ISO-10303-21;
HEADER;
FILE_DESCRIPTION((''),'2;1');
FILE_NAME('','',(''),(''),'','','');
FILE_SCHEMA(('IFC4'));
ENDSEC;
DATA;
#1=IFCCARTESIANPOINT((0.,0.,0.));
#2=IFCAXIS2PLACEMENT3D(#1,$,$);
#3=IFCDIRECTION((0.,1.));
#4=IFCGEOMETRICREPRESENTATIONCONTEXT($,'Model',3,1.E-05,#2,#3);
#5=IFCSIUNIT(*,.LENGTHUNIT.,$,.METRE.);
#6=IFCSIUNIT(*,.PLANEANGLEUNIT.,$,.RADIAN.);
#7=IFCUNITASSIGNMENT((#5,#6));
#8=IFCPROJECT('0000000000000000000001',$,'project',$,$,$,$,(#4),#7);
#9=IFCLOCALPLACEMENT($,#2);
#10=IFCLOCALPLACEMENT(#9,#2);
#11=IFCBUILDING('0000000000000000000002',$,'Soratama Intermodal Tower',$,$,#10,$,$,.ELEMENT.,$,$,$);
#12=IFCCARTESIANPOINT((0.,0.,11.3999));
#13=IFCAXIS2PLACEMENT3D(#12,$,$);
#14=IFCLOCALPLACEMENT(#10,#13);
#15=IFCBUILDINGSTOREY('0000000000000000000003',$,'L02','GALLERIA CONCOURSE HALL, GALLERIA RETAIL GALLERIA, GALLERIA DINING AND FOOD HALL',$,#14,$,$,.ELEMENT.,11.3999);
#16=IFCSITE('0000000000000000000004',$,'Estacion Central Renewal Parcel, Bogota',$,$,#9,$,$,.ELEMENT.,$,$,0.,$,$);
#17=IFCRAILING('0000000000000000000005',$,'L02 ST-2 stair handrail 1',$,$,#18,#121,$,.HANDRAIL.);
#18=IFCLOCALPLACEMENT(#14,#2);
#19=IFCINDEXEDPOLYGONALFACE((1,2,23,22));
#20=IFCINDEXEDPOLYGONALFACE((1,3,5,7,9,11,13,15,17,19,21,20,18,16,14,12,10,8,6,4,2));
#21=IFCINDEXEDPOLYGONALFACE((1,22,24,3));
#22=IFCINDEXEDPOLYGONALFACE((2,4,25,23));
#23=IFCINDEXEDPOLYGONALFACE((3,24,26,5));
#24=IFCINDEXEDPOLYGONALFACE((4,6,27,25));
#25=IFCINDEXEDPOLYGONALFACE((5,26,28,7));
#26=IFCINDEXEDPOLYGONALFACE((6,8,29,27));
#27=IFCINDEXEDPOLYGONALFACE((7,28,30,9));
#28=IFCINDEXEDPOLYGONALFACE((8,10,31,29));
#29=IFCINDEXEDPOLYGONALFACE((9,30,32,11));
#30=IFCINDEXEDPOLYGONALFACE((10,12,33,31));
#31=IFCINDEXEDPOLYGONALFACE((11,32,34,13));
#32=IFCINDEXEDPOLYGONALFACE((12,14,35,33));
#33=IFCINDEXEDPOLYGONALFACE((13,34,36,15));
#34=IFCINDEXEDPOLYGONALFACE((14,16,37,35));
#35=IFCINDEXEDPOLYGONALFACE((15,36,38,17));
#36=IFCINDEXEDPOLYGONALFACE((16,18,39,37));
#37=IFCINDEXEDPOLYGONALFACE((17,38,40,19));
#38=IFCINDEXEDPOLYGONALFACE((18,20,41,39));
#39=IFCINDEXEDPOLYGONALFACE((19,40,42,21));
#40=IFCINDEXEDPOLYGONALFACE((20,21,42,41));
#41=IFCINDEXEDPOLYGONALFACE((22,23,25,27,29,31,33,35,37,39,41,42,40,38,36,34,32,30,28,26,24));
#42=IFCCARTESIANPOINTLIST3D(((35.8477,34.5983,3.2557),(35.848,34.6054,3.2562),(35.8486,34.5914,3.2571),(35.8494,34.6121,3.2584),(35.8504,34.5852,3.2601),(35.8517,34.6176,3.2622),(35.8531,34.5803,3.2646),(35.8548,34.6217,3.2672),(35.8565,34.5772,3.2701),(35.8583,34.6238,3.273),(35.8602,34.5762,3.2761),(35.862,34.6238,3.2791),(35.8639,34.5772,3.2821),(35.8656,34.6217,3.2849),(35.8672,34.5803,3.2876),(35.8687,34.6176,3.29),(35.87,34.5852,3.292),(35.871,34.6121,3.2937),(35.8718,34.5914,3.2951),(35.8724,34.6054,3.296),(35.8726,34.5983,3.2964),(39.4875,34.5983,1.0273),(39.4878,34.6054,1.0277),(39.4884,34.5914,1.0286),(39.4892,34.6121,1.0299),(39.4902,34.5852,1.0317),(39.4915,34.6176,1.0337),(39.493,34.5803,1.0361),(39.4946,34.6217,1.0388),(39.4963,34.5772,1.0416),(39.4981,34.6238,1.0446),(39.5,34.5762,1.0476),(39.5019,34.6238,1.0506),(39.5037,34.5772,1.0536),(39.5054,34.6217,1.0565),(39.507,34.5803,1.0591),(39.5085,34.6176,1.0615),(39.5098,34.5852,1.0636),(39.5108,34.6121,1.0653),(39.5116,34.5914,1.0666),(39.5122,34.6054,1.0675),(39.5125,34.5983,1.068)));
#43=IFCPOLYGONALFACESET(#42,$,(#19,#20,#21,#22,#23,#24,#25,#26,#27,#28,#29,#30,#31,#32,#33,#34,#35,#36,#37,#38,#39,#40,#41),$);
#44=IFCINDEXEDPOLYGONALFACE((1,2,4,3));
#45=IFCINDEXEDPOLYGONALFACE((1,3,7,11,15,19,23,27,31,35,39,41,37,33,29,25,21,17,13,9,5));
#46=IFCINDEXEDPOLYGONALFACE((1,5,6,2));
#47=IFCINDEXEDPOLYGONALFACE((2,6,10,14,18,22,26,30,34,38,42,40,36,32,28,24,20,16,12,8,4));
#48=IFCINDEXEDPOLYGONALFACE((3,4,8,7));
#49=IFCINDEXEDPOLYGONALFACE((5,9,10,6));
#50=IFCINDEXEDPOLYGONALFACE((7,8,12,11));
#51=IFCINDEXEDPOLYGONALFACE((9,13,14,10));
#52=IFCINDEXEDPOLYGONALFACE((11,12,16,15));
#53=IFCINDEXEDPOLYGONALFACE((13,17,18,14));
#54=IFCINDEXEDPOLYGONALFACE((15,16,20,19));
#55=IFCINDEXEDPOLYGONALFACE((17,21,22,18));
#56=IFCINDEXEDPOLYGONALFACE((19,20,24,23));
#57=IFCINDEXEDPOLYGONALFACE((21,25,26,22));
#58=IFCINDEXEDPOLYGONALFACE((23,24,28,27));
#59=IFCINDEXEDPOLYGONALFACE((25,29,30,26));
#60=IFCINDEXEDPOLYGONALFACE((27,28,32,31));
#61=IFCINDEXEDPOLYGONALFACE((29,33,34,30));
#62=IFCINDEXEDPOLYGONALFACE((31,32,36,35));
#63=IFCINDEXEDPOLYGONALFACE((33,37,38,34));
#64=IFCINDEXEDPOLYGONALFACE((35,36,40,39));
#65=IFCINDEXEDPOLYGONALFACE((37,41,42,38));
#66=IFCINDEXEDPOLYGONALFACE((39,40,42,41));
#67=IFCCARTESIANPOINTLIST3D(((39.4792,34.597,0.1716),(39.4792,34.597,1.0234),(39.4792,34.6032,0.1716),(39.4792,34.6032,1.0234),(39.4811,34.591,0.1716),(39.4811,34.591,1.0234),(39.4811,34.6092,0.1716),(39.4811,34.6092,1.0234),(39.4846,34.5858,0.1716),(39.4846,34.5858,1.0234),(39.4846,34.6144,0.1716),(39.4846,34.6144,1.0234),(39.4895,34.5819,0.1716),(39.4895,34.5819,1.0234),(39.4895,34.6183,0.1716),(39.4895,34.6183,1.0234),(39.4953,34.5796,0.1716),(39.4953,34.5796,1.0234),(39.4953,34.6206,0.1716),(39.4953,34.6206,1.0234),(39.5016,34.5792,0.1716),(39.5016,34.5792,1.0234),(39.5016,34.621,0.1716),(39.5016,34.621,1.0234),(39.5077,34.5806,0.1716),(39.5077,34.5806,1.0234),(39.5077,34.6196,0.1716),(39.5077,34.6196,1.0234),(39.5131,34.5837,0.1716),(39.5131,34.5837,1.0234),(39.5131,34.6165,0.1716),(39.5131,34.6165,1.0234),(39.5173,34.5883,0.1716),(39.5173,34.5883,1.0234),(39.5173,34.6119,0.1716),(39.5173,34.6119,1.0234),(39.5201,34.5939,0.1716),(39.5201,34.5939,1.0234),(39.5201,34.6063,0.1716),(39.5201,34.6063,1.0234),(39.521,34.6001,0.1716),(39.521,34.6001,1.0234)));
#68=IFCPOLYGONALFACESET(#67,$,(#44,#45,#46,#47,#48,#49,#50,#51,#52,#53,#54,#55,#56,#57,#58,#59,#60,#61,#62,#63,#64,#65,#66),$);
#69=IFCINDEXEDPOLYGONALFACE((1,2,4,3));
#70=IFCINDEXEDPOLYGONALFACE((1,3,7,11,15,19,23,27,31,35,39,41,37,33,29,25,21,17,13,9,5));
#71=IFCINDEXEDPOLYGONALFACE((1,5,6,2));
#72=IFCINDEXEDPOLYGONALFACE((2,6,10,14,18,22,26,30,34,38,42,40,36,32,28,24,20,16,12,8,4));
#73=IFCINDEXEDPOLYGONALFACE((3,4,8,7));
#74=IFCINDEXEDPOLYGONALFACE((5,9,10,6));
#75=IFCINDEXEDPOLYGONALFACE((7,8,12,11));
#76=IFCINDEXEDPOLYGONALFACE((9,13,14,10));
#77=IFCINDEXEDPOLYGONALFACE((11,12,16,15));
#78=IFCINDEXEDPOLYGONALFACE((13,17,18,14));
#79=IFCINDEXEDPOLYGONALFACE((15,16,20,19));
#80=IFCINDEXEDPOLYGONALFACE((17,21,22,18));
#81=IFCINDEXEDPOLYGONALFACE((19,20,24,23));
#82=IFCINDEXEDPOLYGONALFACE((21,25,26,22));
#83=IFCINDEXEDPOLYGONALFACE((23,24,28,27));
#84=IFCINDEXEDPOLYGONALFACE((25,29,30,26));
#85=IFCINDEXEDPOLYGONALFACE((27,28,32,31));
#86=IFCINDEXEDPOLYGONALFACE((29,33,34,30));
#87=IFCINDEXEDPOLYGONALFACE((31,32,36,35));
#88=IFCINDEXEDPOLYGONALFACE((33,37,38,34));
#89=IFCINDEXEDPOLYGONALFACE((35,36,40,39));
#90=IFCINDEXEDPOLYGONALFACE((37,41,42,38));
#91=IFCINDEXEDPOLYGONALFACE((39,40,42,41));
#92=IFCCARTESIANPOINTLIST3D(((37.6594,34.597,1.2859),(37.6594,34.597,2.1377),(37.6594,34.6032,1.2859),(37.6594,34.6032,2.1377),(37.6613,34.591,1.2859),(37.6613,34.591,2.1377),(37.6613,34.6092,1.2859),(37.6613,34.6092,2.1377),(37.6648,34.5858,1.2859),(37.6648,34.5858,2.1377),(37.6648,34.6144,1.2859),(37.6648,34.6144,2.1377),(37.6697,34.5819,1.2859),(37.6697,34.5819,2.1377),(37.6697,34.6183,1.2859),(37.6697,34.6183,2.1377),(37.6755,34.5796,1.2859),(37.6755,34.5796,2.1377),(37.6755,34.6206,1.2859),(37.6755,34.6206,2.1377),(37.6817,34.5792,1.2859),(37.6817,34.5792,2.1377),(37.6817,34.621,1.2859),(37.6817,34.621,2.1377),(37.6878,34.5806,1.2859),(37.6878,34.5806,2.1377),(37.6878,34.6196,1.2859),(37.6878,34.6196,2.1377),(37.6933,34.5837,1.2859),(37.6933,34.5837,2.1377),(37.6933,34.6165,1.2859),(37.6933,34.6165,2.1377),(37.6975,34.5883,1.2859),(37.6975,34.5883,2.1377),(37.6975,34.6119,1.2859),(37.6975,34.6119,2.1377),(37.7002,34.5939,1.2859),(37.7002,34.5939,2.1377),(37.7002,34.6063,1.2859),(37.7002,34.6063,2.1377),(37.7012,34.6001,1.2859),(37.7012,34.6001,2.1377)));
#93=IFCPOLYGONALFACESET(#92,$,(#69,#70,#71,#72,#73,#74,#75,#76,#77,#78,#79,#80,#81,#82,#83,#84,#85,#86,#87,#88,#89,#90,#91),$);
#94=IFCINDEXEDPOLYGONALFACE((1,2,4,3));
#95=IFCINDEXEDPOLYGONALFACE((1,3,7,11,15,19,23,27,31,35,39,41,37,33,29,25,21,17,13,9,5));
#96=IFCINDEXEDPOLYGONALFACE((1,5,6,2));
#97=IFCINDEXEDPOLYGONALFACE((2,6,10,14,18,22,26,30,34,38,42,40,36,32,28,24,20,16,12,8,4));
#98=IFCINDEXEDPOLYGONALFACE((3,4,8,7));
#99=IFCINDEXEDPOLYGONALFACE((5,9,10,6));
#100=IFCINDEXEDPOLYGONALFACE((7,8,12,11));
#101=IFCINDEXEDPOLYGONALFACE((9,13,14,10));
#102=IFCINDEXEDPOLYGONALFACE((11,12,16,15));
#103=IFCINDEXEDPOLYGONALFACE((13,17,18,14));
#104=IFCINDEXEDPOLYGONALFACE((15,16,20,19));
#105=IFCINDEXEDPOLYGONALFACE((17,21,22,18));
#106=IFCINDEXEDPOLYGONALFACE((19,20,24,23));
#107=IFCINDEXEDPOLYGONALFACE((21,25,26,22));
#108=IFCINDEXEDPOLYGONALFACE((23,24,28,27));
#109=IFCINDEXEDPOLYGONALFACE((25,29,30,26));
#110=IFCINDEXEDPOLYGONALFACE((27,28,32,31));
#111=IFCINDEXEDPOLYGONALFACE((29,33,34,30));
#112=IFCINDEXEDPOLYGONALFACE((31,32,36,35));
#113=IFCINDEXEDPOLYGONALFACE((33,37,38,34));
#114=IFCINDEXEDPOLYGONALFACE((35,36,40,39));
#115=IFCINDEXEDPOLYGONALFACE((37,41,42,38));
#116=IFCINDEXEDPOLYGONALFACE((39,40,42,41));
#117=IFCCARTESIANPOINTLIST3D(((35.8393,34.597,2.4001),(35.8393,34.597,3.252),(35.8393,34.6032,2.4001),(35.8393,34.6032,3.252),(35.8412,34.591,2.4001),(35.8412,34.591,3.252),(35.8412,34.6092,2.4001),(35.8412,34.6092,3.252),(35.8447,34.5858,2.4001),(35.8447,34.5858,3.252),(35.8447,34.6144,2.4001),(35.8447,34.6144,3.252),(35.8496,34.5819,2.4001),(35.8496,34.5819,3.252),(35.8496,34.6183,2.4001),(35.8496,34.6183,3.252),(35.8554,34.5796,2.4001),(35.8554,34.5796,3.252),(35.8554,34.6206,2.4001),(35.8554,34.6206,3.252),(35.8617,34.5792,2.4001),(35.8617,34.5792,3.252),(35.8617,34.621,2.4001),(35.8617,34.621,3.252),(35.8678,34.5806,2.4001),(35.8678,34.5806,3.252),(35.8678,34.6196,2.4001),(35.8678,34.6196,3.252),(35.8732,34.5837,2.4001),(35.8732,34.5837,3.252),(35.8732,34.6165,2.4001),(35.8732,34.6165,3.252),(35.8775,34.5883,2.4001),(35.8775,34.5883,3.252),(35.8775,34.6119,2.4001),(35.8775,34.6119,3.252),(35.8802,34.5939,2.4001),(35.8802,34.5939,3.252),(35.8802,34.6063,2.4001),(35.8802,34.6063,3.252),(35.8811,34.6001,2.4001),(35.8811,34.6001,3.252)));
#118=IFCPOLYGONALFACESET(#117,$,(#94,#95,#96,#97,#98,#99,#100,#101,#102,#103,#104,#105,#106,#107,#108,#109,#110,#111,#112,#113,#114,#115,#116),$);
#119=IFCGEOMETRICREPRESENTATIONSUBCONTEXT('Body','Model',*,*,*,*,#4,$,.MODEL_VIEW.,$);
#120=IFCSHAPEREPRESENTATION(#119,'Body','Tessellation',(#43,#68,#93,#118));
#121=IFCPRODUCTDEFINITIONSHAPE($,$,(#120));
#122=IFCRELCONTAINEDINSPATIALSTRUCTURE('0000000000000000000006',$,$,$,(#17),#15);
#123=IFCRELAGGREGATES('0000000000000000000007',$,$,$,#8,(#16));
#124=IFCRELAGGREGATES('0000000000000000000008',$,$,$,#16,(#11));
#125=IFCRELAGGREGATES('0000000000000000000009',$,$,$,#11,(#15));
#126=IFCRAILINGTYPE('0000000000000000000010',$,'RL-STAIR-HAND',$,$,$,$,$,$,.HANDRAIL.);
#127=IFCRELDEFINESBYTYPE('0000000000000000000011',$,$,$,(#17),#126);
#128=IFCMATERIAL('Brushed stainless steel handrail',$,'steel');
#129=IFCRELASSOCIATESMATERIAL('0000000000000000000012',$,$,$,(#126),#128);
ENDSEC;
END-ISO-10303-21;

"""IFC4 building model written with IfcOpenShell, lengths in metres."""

from ifc_helpers import new_model, si_unit, direction, frame, origin, origin_2d, place, context, subcontext, project, spatial, circle, extrude, material, type_object, element, save


model = new_model("IFC4")

# Units and contexts
model_context = context("Model", 3, precision=1e-05, world=origin(), true_north=direction((0.0, 1.0)))
body_context = subcontext(model_context, "Body", "Model", "MODEL_VIEW")
ifc_project = project(units=[si_unit("LENGTHUNIT", "METRE"), si_unit("PLANEANGLEUNIT", "RADIAN")], contexts=[model_context])

# Site, building, storey
site_placement = place(None, origin())
site = spatial("IfcSite", under=ifc_project, at=site_placement, Name="Estacion Central Renewal Parcel, Bogota", CompositionType="ELEMENT", RefElevation=0.0)
building_placement = place(site_placement, origin())
building = spatial("IfcBuilding", under=site, at=building_placement, Name="Soratama Intermodal Tower", CompositionType="ELEMENT")
storey_placement = place(building_placement, frame((0.0, 0.0, 11.3999)))
storey = spatial("IfcBuildingStorey", under=building, at=storey_placement, Name="L02", Description="GALLERIA CONCOURSE HALL, GALLERIA RETAIL GALLERIA, GALLERIA DINING AND FOOD HALL", CompositionType="ELEMENT", Elevation=11.3999)

# Railing
ifc_material_1 = material(Name="Brushed stainless steel handrail", Category="steel")
railing_type_1 = type_object("IfcRailingType", Name="RL-STAIR-HAND", PredefinedType="HANDRAIL", material=ifc_material_1)
railing_1_placement = place(storey_placement, frame((39.5, 34.6001, 0.1716)))
element("IfcRailing", 1, at=railing_1_placement, inside=storey, type_object=railing_type_1, Name="L02 ST-2 stair handrail 1", PredefinedType="HANDRAIL", context=body_context, shape_type="SweptSolid", body=[
    extrude(circle(Radius=0.0239, at=origin_2d()), frame((0.0, 0.0, 0.876), z_axis=(-0.85285, 0.0, 0.522156), x_axis=(0.0, -1.0, 0.0)), (0.0, 0.0, 1.0), 4.2678),
    extrude(circle(Radius=0.021, at=origin_2d()), origin(), (0.0, 0.0, 1.0), 0.8518),
    extrude(circle(Radius=0.021, at=origin_2d()), frame((-1.8198, 0.0, 1.1143)), (0.0, 0.0, 1.0), 0.8518),
    extrude(circle(Radius=0.021, at=origin_2d()), frame((-3.6399, 0.0, 2.2285)), (0.0, 0.0, 1.0), 0.8518),
])

save(model, "model.ifc")
